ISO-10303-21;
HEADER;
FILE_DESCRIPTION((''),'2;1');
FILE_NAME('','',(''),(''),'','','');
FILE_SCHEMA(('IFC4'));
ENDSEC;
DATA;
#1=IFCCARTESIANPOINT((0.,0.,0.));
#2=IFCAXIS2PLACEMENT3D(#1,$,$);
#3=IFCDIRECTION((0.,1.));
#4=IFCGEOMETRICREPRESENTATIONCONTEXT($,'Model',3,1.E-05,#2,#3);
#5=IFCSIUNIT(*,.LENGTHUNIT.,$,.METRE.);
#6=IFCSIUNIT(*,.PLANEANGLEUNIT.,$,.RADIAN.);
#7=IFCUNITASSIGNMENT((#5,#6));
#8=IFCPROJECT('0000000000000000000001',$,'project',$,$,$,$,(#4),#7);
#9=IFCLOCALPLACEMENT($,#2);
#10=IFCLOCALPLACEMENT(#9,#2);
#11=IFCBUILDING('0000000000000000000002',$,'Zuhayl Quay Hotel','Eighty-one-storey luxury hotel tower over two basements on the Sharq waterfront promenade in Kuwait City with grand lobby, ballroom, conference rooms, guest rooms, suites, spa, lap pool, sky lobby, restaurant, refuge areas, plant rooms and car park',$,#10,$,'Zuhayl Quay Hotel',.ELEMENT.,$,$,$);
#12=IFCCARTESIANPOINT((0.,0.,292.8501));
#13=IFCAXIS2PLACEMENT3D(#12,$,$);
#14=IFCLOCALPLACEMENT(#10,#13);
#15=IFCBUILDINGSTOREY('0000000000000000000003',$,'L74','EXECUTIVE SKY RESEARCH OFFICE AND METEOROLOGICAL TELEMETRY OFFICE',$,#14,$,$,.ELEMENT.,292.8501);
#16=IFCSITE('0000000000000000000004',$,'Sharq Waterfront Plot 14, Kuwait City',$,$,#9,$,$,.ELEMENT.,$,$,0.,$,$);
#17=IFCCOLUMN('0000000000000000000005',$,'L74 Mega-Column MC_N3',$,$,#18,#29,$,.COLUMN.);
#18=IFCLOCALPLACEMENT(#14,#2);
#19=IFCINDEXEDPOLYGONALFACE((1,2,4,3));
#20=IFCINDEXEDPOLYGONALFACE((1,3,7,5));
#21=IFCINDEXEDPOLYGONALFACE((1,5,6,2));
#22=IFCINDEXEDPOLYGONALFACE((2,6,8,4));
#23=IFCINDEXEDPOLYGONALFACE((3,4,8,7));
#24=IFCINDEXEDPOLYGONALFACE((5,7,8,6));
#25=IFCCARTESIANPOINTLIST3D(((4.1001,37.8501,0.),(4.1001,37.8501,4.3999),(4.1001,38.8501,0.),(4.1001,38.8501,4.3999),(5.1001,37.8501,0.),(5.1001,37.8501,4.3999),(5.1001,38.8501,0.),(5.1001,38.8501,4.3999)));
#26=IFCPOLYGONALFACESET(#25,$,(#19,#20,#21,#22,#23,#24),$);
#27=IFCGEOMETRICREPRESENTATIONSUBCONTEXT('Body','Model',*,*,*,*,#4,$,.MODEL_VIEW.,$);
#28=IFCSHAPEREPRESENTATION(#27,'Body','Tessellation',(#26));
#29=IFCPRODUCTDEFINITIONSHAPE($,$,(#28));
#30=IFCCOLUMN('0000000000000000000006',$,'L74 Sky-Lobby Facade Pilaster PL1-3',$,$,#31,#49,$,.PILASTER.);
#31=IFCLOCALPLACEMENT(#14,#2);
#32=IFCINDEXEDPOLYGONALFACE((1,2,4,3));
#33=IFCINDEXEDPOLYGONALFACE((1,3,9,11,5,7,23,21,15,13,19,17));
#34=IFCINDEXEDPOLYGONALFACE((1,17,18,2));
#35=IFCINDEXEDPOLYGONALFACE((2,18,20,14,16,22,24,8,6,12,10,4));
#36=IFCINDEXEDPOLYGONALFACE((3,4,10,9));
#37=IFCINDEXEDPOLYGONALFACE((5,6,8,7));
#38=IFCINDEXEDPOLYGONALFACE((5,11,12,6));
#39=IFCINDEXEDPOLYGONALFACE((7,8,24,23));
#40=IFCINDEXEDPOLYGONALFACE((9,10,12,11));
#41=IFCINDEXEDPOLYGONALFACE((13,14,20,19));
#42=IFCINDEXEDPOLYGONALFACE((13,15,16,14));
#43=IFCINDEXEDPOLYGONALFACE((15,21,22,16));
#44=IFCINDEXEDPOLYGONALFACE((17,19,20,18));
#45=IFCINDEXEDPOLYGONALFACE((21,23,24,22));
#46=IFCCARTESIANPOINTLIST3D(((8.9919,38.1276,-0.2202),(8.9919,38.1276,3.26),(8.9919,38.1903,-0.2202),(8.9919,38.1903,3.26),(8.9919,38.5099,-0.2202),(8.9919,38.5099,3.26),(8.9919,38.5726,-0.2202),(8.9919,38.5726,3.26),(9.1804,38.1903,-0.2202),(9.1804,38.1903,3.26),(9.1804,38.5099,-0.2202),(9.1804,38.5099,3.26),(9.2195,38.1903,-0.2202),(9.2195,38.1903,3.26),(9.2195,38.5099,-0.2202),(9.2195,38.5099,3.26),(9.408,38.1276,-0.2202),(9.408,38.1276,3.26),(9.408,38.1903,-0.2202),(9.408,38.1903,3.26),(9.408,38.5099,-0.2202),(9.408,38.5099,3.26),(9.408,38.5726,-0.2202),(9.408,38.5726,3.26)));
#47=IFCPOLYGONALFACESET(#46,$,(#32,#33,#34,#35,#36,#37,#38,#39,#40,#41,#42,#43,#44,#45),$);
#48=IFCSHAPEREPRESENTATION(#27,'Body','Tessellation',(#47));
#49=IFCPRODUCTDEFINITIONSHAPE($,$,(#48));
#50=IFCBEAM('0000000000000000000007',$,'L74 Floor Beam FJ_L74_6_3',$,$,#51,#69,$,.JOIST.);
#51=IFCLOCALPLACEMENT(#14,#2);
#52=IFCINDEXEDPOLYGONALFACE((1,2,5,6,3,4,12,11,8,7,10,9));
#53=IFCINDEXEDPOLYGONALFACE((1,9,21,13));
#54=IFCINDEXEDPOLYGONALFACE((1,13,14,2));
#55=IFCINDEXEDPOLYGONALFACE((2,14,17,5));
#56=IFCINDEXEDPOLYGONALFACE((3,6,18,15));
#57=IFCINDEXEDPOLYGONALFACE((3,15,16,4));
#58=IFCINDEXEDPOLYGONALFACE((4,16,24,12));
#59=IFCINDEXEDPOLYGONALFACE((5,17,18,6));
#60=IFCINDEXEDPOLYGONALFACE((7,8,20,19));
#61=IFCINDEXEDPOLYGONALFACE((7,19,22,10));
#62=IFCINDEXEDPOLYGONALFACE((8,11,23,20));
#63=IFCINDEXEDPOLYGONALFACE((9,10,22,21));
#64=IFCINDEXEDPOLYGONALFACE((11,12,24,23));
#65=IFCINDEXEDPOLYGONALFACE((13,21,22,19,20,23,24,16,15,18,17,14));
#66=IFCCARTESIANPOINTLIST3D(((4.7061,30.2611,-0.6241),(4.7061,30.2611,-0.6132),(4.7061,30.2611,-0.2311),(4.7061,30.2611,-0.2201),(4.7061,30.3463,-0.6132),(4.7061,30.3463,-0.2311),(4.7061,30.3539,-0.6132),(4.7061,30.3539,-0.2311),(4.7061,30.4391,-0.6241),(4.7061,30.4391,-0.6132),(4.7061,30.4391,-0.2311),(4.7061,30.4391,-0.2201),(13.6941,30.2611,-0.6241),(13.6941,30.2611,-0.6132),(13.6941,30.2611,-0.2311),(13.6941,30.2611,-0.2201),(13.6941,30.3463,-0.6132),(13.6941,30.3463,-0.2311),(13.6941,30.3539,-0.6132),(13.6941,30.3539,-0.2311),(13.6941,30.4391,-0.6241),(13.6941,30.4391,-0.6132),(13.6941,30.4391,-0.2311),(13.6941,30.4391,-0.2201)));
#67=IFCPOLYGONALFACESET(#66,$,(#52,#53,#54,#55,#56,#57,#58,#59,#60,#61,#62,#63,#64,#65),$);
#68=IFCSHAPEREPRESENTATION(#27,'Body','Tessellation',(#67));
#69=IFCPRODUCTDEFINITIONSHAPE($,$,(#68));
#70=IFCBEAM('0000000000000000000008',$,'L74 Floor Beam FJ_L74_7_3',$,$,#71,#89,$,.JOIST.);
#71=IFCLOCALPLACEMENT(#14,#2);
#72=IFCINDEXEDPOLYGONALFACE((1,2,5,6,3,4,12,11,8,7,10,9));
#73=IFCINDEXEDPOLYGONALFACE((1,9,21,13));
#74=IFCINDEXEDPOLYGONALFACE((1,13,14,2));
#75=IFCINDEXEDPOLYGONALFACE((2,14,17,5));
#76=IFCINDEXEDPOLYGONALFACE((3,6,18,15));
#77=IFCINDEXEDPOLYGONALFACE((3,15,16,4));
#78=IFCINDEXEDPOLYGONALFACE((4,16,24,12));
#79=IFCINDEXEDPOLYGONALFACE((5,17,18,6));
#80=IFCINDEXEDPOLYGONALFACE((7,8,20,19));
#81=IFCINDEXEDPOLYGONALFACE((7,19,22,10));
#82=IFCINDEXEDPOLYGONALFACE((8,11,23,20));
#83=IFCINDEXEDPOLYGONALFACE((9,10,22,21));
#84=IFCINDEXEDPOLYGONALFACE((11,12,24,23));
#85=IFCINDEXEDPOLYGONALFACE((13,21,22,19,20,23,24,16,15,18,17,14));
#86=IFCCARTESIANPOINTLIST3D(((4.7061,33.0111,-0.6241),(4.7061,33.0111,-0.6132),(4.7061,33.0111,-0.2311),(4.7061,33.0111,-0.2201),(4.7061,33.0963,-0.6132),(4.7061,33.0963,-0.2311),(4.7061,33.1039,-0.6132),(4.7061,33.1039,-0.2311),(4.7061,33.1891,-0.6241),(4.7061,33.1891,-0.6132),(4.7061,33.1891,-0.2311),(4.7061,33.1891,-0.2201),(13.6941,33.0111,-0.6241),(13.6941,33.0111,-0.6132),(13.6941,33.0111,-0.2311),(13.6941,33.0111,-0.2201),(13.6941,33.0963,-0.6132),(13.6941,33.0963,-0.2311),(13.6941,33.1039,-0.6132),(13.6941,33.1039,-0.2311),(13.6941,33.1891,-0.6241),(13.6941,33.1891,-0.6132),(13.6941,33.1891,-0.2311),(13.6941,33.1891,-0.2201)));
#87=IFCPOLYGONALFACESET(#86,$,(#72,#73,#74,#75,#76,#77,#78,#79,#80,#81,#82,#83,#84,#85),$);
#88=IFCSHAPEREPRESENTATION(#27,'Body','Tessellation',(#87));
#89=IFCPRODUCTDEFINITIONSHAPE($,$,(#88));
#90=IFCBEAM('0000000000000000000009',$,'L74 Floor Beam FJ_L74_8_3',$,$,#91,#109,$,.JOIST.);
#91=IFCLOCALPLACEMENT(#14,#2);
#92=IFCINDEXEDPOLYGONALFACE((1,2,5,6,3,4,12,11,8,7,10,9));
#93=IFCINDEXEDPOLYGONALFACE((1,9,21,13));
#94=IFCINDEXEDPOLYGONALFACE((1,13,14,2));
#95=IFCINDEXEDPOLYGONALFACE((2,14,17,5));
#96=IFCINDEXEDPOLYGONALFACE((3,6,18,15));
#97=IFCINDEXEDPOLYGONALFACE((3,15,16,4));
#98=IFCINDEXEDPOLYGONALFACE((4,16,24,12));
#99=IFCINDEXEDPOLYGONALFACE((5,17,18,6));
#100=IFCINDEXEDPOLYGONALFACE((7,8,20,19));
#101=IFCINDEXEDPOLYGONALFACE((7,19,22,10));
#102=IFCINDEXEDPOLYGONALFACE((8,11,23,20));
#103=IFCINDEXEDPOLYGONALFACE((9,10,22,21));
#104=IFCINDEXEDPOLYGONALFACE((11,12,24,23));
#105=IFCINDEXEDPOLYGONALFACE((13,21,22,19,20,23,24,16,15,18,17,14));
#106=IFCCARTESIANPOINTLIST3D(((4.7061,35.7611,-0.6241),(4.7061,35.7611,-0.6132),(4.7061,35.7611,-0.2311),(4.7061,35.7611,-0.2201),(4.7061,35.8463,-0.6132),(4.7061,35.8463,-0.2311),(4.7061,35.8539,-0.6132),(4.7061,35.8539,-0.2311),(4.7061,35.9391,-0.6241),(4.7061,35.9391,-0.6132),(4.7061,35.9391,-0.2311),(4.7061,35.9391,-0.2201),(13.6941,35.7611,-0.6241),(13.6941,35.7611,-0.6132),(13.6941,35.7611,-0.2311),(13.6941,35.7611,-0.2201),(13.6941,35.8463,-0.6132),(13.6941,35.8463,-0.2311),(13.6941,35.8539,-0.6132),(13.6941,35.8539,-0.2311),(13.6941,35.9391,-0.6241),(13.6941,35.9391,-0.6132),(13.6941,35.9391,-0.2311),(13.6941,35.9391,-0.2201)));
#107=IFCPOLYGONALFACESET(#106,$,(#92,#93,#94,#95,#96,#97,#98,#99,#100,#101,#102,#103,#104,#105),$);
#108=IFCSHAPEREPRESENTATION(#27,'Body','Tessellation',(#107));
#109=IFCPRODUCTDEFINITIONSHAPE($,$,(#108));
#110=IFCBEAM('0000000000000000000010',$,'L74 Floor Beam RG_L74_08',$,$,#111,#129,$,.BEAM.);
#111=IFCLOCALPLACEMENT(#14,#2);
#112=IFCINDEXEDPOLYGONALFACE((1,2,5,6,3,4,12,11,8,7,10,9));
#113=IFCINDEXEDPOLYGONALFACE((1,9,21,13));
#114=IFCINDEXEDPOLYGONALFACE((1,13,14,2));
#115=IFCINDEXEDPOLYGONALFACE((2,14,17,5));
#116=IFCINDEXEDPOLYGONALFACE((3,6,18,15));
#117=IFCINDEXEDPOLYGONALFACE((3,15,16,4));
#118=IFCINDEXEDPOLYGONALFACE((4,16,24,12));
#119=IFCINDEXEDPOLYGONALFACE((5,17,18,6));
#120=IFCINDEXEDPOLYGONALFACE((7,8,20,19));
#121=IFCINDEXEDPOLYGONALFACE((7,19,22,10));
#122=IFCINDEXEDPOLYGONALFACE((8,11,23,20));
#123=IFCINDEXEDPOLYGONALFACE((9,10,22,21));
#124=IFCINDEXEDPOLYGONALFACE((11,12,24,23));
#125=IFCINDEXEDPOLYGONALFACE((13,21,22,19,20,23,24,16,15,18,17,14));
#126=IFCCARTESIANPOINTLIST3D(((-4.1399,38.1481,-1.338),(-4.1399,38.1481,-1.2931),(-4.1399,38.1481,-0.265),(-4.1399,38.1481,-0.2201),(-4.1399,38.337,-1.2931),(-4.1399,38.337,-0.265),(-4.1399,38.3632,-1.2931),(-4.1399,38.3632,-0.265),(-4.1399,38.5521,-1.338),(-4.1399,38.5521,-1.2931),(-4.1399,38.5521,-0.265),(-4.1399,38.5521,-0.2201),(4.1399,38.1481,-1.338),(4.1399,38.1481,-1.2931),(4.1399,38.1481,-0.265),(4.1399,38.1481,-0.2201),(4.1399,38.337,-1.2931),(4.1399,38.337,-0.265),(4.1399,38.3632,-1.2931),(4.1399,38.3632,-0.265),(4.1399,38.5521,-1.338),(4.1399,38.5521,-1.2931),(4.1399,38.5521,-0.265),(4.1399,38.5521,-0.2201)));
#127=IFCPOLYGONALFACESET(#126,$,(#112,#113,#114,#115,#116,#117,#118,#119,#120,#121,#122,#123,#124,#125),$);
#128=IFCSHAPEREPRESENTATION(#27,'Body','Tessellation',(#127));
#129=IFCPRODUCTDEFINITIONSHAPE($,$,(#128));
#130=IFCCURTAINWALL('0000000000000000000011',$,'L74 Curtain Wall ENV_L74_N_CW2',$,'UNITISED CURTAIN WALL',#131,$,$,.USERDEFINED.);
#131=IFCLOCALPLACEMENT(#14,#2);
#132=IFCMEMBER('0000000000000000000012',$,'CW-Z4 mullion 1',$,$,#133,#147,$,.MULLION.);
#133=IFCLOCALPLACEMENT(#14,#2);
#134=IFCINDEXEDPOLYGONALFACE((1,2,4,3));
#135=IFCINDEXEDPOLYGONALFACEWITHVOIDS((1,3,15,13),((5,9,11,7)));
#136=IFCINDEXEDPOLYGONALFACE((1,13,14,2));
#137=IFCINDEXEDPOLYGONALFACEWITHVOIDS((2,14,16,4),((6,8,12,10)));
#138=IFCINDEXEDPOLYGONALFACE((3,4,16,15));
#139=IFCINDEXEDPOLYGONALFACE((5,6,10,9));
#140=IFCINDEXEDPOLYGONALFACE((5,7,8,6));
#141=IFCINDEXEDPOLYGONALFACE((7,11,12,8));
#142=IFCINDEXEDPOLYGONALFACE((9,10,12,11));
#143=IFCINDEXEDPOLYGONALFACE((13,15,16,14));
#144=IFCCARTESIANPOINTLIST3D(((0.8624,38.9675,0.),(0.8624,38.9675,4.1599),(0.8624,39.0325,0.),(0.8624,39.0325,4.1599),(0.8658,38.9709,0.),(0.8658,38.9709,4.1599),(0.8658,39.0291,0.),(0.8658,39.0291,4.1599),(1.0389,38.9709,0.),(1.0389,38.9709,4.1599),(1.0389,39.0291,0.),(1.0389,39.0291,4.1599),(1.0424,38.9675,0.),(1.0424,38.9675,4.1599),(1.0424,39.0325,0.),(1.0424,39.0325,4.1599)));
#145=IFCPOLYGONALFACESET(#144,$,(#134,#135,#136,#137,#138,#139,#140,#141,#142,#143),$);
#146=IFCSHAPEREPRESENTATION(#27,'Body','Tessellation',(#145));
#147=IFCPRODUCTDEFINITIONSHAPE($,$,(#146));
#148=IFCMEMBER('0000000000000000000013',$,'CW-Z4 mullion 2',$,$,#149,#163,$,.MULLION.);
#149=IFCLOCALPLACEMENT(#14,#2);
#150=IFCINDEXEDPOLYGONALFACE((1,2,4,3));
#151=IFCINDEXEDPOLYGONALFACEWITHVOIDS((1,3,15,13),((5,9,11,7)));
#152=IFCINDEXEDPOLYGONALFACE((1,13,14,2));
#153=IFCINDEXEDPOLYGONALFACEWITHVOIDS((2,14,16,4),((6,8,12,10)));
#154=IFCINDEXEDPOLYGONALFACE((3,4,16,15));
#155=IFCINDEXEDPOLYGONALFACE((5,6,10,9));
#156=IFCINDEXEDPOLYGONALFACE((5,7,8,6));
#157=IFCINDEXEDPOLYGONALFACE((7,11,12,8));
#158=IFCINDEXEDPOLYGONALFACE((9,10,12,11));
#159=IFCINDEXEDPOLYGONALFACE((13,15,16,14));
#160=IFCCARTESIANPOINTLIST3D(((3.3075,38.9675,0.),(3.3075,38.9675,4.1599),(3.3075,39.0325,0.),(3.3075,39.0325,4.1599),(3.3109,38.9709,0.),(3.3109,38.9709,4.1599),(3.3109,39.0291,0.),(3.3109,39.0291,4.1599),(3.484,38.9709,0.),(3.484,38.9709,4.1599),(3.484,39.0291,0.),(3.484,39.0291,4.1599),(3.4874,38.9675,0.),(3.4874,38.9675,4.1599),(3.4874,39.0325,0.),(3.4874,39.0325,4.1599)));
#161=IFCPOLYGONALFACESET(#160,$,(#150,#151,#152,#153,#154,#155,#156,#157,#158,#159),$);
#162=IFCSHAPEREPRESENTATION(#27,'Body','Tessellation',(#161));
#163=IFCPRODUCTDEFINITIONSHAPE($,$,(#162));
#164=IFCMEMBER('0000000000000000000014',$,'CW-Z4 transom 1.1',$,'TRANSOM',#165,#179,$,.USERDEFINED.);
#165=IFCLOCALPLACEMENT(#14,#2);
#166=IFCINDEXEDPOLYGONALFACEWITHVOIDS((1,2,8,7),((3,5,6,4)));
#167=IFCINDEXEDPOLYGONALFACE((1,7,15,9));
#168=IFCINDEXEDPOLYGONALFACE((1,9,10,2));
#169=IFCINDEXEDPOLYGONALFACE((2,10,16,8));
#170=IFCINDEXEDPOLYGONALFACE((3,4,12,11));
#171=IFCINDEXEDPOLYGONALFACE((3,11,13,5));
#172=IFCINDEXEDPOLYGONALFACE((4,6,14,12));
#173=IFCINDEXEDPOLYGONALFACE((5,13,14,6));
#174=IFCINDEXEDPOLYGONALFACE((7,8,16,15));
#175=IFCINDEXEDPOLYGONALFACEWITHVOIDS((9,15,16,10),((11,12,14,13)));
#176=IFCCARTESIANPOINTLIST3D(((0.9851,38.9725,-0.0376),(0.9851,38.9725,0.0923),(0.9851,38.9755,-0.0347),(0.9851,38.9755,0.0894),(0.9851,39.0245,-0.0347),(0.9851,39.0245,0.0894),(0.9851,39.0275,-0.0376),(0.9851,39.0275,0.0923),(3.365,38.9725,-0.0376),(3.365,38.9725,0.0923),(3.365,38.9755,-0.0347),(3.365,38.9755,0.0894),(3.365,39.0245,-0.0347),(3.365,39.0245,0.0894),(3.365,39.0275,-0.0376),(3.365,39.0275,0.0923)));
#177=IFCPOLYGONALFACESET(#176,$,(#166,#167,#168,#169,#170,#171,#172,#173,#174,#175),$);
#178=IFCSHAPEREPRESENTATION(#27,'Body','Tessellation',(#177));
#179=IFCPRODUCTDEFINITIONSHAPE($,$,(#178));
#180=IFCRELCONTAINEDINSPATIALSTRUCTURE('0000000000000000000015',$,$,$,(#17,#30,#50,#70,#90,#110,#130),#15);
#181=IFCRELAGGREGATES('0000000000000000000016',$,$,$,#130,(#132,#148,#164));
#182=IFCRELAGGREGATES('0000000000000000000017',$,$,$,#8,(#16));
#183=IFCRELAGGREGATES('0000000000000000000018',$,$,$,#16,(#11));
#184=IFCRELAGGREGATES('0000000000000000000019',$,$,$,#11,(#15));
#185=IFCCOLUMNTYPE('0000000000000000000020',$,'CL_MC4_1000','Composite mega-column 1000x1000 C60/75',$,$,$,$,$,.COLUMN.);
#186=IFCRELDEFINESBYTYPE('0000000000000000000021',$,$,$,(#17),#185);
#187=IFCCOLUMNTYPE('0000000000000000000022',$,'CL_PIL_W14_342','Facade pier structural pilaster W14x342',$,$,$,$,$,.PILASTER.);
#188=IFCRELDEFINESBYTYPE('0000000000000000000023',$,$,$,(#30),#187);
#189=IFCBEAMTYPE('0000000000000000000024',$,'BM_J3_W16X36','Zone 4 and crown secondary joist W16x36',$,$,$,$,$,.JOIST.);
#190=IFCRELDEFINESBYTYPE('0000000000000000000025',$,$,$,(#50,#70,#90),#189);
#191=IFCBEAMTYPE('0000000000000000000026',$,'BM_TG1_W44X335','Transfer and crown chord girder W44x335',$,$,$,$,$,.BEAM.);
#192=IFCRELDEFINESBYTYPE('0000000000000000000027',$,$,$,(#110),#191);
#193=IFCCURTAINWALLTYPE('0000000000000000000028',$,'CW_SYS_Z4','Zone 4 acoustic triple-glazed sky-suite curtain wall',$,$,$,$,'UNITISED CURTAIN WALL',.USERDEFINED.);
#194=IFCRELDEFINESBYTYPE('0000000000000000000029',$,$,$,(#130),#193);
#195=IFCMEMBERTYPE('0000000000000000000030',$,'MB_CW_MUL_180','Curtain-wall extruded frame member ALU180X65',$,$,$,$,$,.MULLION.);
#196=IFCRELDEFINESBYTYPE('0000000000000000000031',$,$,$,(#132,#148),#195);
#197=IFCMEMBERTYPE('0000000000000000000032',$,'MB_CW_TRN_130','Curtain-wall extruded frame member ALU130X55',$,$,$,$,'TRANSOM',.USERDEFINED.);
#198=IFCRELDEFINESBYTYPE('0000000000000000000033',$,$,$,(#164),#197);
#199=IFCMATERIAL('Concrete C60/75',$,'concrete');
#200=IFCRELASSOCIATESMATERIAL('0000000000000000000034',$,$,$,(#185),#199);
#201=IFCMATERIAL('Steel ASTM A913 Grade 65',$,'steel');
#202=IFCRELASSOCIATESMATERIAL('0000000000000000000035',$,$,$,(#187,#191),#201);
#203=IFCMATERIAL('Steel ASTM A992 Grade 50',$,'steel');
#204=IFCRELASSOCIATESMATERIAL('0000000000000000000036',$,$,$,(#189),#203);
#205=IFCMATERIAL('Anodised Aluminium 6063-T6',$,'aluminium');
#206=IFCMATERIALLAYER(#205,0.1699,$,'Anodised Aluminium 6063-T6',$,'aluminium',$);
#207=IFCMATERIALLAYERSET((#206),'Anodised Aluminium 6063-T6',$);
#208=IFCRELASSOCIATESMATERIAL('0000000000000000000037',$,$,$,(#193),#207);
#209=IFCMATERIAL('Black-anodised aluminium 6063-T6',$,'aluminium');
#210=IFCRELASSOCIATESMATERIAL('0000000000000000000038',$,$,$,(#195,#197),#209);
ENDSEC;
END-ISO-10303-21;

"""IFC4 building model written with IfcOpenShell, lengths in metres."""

from ifc_helpers import new_model, si_unit, direction, frame, origin, origin_2d, place, context, subcontext, project, spatial, rectangle, hollow_rectangle, i_section, extrude, material, layer, layer_set, material_profile, profile_set, type_object, element, aggregate, save


model = new_model("IFC4")

# Units and contexts
model_context = context("Model", 3, precision=1e-05, world=origin(), true_north=direction((0.0, 1.0)))
body_context = subcontext(model_context, "Body", "Model", "MODEL_VIEW")
ifc_project = project(units=[si_unit("LENGTHUNIT", "METRE"), si_unit("PLANEANGLEUNIT", "RADIAN")], contexts=[model_context])

# Site, building, storey
site_placement = place(None, origin())
site = spatial("IfcSite", under=ifc_project, at=site_placement, Name="Sharq Waterfront Plot 14, Kuwait City", CompositionType="ELEMENT", RefElevation=0.0)
building_placement = place(site_placement, origin())
building = spatial("IfcBuilding", under=site, at=building_placement, Name="Zuhayl Quay Hotel", Description="Eighty-one-storey luxury hotel tower over two basements on the Sharq waterfront promenade in Kuwait City with grand lobby, ballroom, conference rooms, guest rooms, suites, spa, lap pool, sky lobby, restaurant, refuge areas, plant rooms and car park", LongName="Zuhayl Quay Hotel", CompositionType="ELEMENT")
storey_placement = place(building_placement, frame((0.0, 0.0, 292.8501)))
storey = spatial("IfcBuildingStorey", under=building, at=storey_placement, Name="L74", Description="EXECUTIVE SKY RESEARCH OFFICE AND METEOROLOGICAL TELEMETRY OFFICE", CompositionType="ELEMENT", Elevation=292.8501)

# Columns
ifc_material_1 = material(Name="Concrete C60/75", Category="concrete")
ifc_material_profile_1 = material_profile(ifc_material_1, rectangle(XDim=1.0, YDim=1.0, at=origin_2d()), Name="RC1000X1000")
ifc_profile_set_1 = profile_set([ifc_material_profile_1], Name="Concrete C60/75")
column_type_1 = type_object("IfcColumnType", Name="CL_MC4_1000", Description="Composite mega-column 1000x1000 C60/75", PredefinedType="COLUMN", material=ifc_profile_set_1)
column_1_placement = place(storey_placement, frame((4.6001, 38.3501, 0.0), z_axis=(0.0, 0.0, 1.0), x_axis=(1.0, 0.0, 0.0)))
element("IfcColumn", 1, at=column_1_placement, inside=storey, type_object=column_type_1, Name="L74 Mega-Column MC_N3", PredefinedType="COLUMN", context=body_context, shape_type="SweptSolid", body=[
    extrude(rectangle(XDim=1.0, YDim=1.0, at=origin_2d()), origin(), (0.0, 0.0, 1.0), 4.3999),
])
ifc_material_2 = material(Name="Steel ASTM A913 Grade 65", Category="steel")
ifc_material_profile_2 = material_profile(ifc_material_2, i_section(OverallWidth=0.416, OverallDepth=0.4451, WebThickness=0.0391, FlangeThickness=0.0627, at=origin_2d()), Name="W14X342")
ifc_profile_set_2 = profile_set([ifc_material_profile_2], Name="Steel ASTM A913 Grade 65")
column_type_2 = type_object("IfcColumnType", Name="CL_PIL_W14_342", Description="Facade pier structural pilaster W14x342", PredefinedType="PILASTER", material=ifc_profile_set_2)
column_2_placement = place(storey_placement, frame((9.2, 38.3501, -0.2202), z_axis=(0.0, 0.0, 1.0), x_axis=(1.0, 0.0, 0.0)))
element("IfcColumn", 2, at=column_2_placement, inside=storey, type_object=column_type_2, Name="L74 Sky-Lobby Facade Pilaster PL1-3", PredefinedType="PILASTER", context=body_context, shape_type="SweptSolid", body=[
    extrude(i_section(OverallWidth=0.416, OverallDepth=0.4451, WebThickness=0.0391, FlangeThickness=0.0627, at=origin_2d()), origin(), (0.0, 0.0, 1.0), 3.4802),
])

# Beams
ifc_material_3 = material(Name="Steel ASTM A992 Grade 50", Category="steel")
ifc_material_profile_3 = material_profile(ifc_material_3, i_section(OverallWidth=0.178, OverallDepth=0.4041, WebThickness=0.0076, FlangeThickness=0.011, at=origin_2d()), Name="W16X36")
ifc_profile_set_3 = profile_set([ifc_material_profile_3], Name="Steel ASTM A992 Grade 50")
beam_type_1 = type_object("IfcBeamType", Name="BM_J3_W16X36", Description="Zone 4 and crown secondary joist W16x36", PredefinedType="JOIST", material=ifc_profile_set_3)
for number, where, z_axis, x_axis, name in (
    (3, (4.7061, 30.3501, -0.4221), (1.0, 0.0, 0.0), (0.0, 1.0, 0.0), "L74 Floor Beam FJ_L74_6_3"),
    (4, (4.7061, 33.1001, -0.4221), (1.0, 0.0, 0.0), (0.0, 1.0, 0.0), "L74 Floor Beam FJ_L74_7_3"),
    (5, (4.7061, 35.8501, -0.4221), (1.0, 0.0, 0.0), (0.0, 1.0, 0.0), "L74 Floor Beam FJ_L74_8_3"),
):
    element("IfcBeam", number, at=place(storey_placement, frame(where, z_axis=z_axis, x_axis=x_axis)), inside=storey, type_object=beam_type_1, Name=name, PredefinedType="JOIST", context=body_context, shape_type="SweptSolid", body=[
        extrude(i_section(OverallWidth=0.178, OverallDepth=0.4041, WebThickness=0.0076, FlangeThickness=0.011, at=origin_2d()), origin(), (0.0, 0.0, 1.0), 8.988),
    ])
ifc_material_profile_4 = material_profile(ifc_material_2, i_section(OverallWidth=0.4041, OverallDepth=1.1179, WebThickness=0.0261, FlangeThickness=0.0449, at=origin_2d()), Name="W44X335")
ifc_profile_set_4 = profile_set([ifc_material_profile_4], Name="Steel ASTM A913 Grade 65")
beam_type_2 = type_object("IfcBeamType", Name="BM_TG1_W44X335", Description="Transfer and crown chord girder W44x335", PredefinedType="BEAM", material=ifc_profile_set_4)
beam_placement = place(storey_placement, frame((4.1399, 38.3501, -0.7791), z_axis=(-1.0, 0.0, 0.0), x_axis=(0.0, -1.0, 0.0)))
element("IfcBeam", 6, at=beam_placement, inside=storey, type_object=beam_type_2, Name="L74 Floor Beam RG_L74_08", PredefinedType="BEAM", context=body_context, shape_type="SweptSolid", body=[
    extrude(i_section(OverallWidth=0.4041, OverallDepth=1.1179, WebThickness=0.0261, FlangeThickness=0.0449, at=origin_2d()), origin(), (0.0, 0.0, 1.0), 8.2798),
])

# Curtain wall, members
ifc_material_4 = material(Name="Anodised Aluminium 6063-T6", Category="aluminium")
ifc_layer_1 = layer(ifc_material_4, 0.1699, Name="Anodised Aluminium 6063-T6", Category="aluminium")
ifc_layer_set_1 = layer_set([ifc_layer_1], Name="Anodised Aluminium 6063-T6")
curtain_wall_type = type_object("IfcCurtainWallType", Name="CW_SYS_Z4", Description="Zone 4 acoustic triple-glazed sky-suite curtain wall", ElementType="UNITISED CURTAIN WALL", PredefinedType="USERDEFINED", material=ifc_layer_set_1)
curtain_wall_placement = place(storey_placement, origin())
curtain_wall = element("IfcCurtainWall", 7, at=curtain_wall_placement, inside=storey, type_object=curtain_wall_type, Name="L74 Curtain Wall ENV_L74_N_CW2", ObjectType="UNITISED CURTAIN WALL", PredefinedType="USERDEFINED")
ifc_material_5 = material(Name="Black-anodised aluminium 6063-T6", Category="aluminium")
ifc_material_profile_5 = material_profile(ifc_material_5, hollow_rectangle(XDim=0.0649, YDim=0.1799, WallThickness=0.0034, at=origin_2d()), Name="ALU180X65")
ifc_profile_set_5 = profile_set([ifc_material_profile_5], Name="Black-anodised aluminium 6063-T6")
member_type_1 = type_object("IfcMemberType", Name="MB_CW_MUL_180", Description="Curtain-wall extruded frame member ALU180X65", PredefinedType="MULLION", material=ifc_profile_set_5)
member_1_placement = place(storey_placement, frame((0.9524, 39.0, 0.0), z_axis=(0.0, 0.0, 1.0), x_axis=(0.0, 1.0, 0.0)))
member_1 = element("IfcMember", 8, at=member_1_placement, type_object=member_type_1, Name="CW-Z4 mullion 1", PredefinedType="MULLION", context=body_context, shape_type="SweptSolid", body=[
    extrude(hollow_rectangle(XDim=0.0649, YDim=0.1799, WallThickness=0.0034, at=origin_2d()), origin(), (0.0, 0.0, 1.0), 4.1599),
])
member_2_placement = place(storey_placement, frame((3.3975, 39.0, 0.0), z_axis=(0.0, 0.0, 1.0), x_axis=(0.0, 1.0, 0.0)))
member_2 = element("IfcMember", 9, at=member_2_placement, type_object=member_type_1, Name="CW-Z4 mullion 2", PredefinedType="MULLION", context=body_context, shape_type="SweptSolid", body=[
    extrude(hollow_rectangle(XDim=0.0649, YDim=0.1799, WallThickness=0.0034, at=origin_2d()), origin(), (0.0, 0.0, 1.0), 4.1599),
])
ifc_material_profile_6 = material_profile(ifc_material_5, hollow_rectangle(XDim=0.0549, YDim=0.1299, WallThickness=0.0029, at=origin_2d()), Name="ALU130X55")
ifc_profile_set_6 = profile_set([ifc_material_profile_6], Name="Black-anodised aluminium 6063-T6")
member_type_2 = type_object("IfcMemberType", Name="MB_CW_TRN_130", Description="Curtain-wall extruded frame member ALU130X55", ElementType="TRANSOM", PredefinedType="USERDEFINED", material=ifc_profile_set_6)
member_3_placement = place(storey_placement, frame((0.9851, 39.0, 0.0273), z_axis=(1.0, 0.0, 0.0), x_axis=(0.0, 1.0, 0.0)))
member_3 = element("IfcMember", 10, at=member_3_placement, type_object=member_type_2, Name="CW-Z4 transom 1.1", ObjectType="TRANSOM", PredefinedType="USERDEFINED", context=body_context, shape_type="SweptSolid", body=[
    extrude(hollow_rectangle(XDim=0.0549, YDim=0.1299, WallThickness=0.0029, at=origin_2d()), origin(), (0.0, 0.0, 1.0), 2.3799),
])
aggregate(curtain_wall, [member_1, member_2, member_3])

save(model, "model.ifc")
